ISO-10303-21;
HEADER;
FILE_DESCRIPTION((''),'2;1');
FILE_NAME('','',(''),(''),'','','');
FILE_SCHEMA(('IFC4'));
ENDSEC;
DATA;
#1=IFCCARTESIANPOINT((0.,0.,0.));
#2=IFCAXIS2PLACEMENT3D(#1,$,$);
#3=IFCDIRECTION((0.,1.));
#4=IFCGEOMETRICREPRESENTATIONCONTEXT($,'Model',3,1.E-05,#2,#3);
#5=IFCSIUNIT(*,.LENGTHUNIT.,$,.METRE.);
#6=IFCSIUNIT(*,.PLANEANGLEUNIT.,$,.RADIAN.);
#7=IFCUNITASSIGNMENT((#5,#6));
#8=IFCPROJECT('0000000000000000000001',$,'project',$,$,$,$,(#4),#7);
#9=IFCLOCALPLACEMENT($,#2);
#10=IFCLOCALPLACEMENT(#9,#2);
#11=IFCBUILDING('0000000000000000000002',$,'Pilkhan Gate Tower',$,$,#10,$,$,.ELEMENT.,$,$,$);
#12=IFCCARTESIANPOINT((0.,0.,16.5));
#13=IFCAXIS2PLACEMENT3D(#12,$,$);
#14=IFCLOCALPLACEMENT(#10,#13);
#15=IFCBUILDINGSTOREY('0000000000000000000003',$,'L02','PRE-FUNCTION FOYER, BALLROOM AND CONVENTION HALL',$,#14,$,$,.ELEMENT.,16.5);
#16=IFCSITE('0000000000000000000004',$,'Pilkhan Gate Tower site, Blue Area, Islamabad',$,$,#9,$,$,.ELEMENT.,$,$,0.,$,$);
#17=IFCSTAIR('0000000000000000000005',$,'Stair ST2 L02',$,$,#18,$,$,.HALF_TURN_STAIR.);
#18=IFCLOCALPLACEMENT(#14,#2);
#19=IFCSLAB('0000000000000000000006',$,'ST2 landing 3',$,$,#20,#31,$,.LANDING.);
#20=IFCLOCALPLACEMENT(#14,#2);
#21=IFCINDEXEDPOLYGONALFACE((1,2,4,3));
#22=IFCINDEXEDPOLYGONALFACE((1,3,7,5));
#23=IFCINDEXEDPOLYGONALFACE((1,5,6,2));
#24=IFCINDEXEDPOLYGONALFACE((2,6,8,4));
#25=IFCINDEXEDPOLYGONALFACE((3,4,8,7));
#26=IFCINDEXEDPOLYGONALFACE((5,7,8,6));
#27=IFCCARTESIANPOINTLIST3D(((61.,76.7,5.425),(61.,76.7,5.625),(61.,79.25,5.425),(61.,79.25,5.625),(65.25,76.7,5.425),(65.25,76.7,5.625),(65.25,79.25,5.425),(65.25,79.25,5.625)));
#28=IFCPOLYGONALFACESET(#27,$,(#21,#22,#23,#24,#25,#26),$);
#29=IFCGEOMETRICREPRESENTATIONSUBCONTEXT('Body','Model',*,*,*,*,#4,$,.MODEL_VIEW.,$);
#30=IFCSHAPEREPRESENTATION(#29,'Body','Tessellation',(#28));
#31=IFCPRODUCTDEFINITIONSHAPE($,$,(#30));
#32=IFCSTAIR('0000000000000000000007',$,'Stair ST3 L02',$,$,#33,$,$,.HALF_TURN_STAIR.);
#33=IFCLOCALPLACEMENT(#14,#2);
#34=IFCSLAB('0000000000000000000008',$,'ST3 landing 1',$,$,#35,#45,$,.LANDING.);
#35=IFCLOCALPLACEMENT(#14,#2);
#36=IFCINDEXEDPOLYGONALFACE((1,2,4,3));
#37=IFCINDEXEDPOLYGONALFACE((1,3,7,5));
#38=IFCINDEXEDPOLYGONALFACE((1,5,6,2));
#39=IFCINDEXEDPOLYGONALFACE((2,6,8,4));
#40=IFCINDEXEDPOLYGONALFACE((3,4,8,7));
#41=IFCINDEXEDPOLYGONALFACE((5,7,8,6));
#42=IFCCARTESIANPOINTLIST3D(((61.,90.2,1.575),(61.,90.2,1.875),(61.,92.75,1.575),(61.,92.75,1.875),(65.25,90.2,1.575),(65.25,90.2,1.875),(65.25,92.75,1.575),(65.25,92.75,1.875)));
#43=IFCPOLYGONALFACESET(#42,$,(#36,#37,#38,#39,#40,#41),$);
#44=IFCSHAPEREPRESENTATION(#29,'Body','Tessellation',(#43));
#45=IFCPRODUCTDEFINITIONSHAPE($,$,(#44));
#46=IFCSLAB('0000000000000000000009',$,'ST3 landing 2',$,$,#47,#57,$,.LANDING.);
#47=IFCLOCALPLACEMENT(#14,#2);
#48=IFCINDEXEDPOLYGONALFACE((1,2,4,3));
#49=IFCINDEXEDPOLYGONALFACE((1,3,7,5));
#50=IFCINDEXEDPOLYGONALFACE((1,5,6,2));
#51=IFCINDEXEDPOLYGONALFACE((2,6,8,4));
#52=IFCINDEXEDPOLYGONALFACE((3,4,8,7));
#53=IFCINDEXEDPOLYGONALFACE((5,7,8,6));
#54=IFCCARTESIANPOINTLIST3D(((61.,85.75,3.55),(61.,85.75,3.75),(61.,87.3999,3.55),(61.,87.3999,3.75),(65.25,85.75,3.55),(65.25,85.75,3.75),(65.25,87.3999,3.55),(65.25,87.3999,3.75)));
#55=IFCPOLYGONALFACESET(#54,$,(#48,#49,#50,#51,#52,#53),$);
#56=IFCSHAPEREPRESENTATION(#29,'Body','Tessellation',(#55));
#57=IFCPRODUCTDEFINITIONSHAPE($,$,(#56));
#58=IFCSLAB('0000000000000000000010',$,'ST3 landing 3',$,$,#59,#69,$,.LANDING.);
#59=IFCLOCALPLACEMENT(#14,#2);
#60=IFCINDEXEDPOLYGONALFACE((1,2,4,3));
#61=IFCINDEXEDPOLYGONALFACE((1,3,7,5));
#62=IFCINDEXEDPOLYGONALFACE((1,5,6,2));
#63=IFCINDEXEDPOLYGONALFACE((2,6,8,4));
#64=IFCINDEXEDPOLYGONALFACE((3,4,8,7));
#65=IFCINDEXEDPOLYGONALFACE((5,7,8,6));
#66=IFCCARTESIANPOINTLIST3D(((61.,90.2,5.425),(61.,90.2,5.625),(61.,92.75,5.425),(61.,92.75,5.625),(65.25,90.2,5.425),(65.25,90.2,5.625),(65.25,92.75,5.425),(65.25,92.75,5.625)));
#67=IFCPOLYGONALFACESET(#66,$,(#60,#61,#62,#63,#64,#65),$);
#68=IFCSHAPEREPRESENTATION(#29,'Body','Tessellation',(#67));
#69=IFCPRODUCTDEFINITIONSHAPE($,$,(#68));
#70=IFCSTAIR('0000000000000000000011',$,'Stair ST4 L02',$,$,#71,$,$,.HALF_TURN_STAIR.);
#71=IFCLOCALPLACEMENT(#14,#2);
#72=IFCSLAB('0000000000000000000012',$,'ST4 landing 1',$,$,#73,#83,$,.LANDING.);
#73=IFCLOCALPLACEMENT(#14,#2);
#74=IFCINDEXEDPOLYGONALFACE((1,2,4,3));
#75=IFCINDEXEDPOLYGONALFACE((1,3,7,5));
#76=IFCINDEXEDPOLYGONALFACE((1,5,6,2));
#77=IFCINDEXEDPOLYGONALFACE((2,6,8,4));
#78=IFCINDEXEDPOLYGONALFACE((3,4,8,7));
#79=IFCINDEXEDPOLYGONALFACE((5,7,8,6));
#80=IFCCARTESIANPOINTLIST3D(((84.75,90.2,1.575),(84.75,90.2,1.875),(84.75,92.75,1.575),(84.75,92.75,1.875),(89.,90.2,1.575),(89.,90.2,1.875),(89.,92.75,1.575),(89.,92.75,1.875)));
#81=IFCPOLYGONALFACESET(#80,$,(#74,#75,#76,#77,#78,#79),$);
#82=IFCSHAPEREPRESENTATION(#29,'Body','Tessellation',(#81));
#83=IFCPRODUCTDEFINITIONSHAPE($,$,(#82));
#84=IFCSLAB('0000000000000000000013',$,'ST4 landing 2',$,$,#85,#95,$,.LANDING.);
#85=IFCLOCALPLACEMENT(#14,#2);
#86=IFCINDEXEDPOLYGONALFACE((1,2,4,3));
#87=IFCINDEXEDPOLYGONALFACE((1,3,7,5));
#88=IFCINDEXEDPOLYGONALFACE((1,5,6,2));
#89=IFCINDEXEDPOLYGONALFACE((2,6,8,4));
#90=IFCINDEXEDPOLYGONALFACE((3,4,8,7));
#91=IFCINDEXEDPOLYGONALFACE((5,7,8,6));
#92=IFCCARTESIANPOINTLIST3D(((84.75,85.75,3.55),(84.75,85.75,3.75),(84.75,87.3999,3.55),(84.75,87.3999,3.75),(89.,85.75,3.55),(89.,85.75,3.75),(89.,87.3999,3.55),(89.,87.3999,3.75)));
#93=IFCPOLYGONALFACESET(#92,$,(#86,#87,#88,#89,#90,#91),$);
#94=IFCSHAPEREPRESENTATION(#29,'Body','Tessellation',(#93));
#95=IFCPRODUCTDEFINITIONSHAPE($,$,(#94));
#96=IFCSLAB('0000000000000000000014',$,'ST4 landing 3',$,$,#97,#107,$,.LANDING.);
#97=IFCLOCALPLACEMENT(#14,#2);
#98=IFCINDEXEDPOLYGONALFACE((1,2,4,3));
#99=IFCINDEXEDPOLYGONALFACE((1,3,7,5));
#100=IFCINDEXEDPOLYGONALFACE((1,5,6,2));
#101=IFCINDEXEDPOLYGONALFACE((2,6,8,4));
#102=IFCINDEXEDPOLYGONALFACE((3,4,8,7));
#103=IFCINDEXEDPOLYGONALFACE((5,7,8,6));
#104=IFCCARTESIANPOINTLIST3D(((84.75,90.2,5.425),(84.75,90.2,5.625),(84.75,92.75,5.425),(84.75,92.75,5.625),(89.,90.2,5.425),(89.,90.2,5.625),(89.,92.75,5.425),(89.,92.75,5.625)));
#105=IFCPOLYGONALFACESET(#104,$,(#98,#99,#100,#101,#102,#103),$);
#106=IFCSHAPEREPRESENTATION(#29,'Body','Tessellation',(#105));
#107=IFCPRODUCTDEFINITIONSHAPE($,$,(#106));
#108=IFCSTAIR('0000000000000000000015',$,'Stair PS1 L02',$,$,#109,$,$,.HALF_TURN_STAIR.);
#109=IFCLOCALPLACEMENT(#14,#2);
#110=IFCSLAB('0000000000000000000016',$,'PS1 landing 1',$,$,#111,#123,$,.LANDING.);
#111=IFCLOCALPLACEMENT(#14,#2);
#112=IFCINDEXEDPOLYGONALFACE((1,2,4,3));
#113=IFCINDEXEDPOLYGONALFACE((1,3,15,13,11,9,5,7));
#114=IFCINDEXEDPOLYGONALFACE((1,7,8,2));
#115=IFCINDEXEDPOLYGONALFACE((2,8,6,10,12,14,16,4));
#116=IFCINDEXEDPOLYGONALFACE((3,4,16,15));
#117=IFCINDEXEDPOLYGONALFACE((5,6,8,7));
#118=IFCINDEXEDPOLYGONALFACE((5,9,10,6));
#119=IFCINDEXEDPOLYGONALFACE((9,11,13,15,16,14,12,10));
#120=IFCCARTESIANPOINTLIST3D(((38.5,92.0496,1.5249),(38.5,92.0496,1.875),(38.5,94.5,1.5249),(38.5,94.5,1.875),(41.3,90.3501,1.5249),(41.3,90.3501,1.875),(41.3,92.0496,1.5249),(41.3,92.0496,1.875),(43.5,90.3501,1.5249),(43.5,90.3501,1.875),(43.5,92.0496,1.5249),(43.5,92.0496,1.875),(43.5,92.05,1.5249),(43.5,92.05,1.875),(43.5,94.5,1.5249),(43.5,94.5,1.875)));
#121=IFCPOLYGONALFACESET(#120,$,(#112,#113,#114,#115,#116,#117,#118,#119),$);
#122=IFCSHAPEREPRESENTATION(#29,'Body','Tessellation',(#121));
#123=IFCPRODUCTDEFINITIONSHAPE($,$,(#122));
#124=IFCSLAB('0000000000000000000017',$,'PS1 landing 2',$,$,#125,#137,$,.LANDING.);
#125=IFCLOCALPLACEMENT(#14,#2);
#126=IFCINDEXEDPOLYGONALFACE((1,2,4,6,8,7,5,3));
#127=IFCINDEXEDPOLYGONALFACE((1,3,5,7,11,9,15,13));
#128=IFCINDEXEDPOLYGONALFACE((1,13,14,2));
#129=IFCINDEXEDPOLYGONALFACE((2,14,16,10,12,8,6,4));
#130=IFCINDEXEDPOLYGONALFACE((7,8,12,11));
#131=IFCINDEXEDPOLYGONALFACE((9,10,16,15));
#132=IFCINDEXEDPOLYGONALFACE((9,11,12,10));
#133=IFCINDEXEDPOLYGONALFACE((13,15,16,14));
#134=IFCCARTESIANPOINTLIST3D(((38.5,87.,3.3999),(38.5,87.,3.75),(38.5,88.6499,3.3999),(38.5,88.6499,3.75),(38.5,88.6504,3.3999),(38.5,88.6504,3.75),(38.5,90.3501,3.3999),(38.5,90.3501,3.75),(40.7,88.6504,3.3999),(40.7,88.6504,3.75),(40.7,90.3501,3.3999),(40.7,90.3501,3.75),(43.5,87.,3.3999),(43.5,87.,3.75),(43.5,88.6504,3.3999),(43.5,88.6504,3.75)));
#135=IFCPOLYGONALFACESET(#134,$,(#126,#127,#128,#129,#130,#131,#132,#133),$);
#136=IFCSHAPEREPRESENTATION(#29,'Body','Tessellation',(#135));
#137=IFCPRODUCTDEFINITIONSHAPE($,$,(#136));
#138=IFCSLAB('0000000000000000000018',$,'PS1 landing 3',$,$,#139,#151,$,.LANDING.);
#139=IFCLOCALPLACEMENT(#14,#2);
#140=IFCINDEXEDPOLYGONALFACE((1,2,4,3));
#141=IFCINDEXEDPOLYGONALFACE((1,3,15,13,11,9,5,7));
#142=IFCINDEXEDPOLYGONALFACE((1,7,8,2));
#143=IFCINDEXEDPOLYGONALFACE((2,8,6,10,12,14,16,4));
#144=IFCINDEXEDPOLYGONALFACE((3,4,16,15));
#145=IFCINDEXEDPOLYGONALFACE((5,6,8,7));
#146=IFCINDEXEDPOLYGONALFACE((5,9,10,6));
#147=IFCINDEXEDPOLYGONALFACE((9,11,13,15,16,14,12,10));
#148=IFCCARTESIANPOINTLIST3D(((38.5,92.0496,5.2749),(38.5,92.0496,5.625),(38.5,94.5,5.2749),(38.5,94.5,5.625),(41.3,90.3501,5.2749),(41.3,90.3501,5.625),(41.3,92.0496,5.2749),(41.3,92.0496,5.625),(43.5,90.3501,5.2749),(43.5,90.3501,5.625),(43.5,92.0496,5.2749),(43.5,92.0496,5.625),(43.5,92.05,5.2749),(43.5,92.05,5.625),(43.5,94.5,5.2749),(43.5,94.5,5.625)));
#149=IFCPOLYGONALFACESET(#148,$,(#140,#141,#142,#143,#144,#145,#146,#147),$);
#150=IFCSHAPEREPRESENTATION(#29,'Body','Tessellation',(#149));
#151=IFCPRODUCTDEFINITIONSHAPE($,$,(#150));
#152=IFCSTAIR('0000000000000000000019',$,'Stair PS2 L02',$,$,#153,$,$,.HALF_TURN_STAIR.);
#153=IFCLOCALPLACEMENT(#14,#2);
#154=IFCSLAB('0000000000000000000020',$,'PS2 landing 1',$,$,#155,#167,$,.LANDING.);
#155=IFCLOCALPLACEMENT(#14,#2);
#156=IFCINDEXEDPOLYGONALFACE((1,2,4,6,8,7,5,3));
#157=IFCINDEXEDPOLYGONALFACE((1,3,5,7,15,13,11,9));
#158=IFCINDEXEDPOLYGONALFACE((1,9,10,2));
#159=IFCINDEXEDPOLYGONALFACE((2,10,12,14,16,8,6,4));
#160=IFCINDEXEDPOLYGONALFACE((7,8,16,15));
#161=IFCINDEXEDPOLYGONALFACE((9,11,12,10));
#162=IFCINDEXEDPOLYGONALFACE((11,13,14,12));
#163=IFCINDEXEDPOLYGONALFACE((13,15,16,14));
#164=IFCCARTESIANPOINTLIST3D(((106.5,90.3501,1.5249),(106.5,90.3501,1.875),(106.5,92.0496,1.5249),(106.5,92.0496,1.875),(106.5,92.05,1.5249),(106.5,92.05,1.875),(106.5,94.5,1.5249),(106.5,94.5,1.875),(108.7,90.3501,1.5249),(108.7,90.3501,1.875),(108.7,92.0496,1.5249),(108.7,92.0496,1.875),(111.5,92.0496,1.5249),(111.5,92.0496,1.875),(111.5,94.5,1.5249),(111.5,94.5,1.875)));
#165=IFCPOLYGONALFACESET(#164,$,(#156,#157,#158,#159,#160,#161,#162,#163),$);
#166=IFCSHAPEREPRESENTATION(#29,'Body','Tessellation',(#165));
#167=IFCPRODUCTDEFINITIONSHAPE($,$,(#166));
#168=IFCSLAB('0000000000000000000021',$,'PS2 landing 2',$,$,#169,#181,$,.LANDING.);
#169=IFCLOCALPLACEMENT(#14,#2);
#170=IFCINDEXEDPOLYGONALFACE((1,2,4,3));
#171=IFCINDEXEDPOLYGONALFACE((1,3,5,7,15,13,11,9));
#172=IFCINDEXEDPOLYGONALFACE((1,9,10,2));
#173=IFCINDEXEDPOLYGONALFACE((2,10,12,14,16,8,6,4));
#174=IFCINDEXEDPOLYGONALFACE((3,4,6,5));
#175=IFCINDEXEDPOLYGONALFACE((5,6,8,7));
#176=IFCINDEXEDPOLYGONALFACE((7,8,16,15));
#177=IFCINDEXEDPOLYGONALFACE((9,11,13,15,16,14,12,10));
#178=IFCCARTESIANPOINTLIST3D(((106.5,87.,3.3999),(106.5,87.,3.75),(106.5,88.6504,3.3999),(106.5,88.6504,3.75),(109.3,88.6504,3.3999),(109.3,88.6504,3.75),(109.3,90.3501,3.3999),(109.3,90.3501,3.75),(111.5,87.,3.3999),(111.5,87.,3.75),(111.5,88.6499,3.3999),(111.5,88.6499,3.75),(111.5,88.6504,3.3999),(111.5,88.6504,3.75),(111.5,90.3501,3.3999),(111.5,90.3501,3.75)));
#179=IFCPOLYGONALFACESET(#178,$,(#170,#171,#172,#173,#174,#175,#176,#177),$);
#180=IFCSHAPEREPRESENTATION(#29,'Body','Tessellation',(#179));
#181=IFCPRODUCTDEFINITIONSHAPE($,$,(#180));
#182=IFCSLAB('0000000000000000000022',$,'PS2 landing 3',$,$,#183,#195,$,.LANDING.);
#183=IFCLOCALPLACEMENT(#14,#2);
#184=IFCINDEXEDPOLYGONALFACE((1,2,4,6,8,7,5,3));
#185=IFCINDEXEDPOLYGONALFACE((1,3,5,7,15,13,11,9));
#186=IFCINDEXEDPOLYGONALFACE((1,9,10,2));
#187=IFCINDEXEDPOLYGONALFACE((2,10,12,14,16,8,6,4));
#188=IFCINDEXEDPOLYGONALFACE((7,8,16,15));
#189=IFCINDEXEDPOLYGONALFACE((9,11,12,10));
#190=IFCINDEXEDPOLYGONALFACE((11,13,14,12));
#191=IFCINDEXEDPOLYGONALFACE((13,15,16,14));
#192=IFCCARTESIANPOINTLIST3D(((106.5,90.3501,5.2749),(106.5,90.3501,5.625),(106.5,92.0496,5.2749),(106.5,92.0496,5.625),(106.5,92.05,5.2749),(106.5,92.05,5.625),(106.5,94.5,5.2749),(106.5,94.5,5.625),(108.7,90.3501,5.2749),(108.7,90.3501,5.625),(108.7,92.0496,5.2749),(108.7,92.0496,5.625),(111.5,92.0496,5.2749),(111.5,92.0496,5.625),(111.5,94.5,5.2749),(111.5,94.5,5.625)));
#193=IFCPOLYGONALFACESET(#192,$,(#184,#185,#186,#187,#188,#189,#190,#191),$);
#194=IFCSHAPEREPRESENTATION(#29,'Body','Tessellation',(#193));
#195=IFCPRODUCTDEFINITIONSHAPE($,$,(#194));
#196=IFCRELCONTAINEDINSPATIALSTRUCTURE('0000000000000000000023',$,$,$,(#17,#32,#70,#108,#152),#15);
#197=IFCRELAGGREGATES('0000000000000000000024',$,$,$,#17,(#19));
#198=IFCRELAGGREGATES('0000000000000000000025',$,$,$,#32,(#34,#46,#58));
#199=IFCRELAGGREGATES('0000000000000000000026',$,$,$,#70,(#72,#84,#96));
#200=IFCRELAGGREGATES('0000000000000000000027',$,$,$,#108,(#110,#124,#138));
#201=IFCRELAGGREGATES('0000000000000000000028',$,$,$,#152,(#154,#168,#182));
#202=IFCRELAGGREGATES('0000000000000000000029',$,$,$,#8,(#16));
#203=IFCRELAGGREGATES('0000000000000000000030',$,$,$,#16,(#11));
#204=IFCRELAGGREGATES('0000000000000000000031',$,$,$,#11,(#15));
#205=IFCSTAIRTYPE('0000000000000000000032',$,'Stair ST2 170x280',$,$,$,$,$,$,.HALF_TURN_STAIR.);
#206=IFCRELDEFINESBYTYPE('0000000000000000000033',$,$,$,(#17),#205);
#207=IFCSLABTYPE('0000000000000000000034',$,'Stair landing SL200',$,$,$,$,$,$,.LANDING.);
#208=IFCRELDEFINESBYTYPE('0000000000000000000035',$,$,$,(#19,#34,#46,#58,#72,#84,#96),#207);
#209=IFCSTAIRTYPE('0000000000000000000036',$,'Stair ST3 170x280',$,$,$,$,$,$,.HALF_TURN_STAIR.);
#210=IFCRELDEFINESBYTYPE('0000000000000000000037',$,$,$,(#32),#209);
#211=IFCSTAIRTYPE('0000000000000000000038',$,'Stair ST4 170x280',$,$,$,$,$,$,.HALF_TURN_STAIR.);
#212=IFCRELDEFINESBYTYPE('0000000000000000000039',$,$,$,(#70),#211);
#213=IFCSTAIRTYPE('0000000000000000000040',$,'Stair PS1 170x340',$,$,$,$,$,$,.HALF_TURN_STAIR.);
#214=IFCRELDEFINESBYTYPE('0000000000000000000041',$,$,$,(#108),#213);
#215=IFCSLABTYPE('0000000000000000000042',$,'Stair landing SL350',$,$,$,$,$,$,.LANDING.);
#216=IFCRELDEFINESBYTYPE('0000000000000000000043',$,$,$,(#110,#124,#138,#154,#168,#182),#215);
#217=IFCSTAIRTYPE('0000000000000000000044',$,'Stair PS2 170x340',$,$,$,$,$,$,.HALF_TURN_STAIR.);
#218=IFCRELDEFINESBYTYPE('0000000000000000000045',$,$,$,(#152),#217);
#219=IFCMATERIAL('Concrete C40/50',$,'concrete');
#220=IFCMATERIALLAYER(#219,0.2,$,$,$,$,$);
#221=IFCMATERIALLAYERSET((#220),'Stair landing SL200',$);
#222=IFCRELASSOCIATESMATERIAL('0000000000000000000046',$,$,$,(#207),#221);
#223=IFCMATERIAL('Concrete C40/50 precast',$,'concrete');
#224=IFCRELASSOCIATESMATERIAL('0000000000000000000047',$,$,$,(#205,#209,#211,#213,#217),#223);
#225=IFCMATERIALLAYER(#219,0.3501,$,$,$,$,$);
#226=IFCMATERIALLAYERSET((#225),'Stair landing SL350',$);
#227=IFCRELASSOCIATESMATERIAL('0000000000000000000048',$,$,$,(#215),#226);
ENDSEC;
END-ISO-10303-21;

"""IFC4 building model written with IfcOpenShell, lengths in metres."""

from ifc_helpers import new_model, si_unit, direction, frame, origin, place, context, subcontext, project, spatial, polyline, outline, extrude, material, layer, layer_set, type_object, element, aggregate, save


model = new_model("IFC4")

# Units and contexts
model_context = context("Model", 3, precision=1e-05, world=origin(), true_north=direction((0.0, 1.0)))
body_context = subcontext(model_context, "Body", "Model", "MODEL_VIEW")
ifc_project = project(units=[si_unit("LENGTHUNIT", "METRE"), si_unit("PLANEANGLEUNIT", "RADIAN")], contexts=[model_context])

# Site, building, storey
site_placement = place(None, origin())
site = spatial("IfcSite", under=ifc_project, at=site_placement, Name="Pilkhan Gate Tower site, Blue Area, Islamabad", CompositionType="ELEMENT", RefElevation=0.0)
building_placement = place(site_placement, origin())
building = spatial("IfcBuilding", under=site, at=building_placement, Name="Pilkhan Gate Tower", CompositionType="ELEMENT")
storey_placement = place(building_placement, frame((0.0, 0.0, 16.5)))
storey = spatial("IfcBuildingStorey", under=building, at=storey_placement, Name="L02", Description="PRE-FUNCTION FOYER, BALLROOM AND CONVENTION HALL", CompositionType="ELEMENT", Elevation=16.5)

# Shared definitions
ifc_material_1 = material(Name="Concrete C40/50", Category="concrete")

# Stairs, slabs
ifc_material_2 = material(Name="Concrete C40/50 precast", Category="concrete")
ifc_layer_1 = layer(ifc_material_1, 0.2)
ifc_layer_set_1 = layer_set([ifc_layer_1], Name="Stair landing SL200")
slab_type_1 = type_object("IfcSlabType", Name="Stair landing SL200", PredefinedType="LANDING", material=ifc_layer_set_1)
stair_type_1 = type_object("IfcStairType", Name="Stair ST2 170x280", PredefinedType="HALF_TURN_STAIR", material=ifc_material_2)
stair_1_placement = place(storey_placement, origin())
stair_1 = element("IfcStair", 1, at=stair_1_placement, inside=storey, type_object=stair_type_1, Name="Stair ST2 L02", PredefinedType="HALF_TURN_STAIR")
slab_1_placement = place(storey_placement, frame((0.0, 0.0, 5.425)))
slab_1 = element("IfcSlab", 2, at=slab_1_placement, type_object=slab_type_1, Name="ST2 landing 3", PredefinedType="LANDING", context=body_context, shape_type="SweptSolid", body=[
    extrude(outline(polyline([(65.25, 76.7), (65.25, 79.25), (61.0, 79.25), (61.0, 76.7), (65.25, 76.7)])), origin(), (0.0, 0.0, 1.0), 0.2),
])
aggregate(stair_1, [slab_1])
stair_type_2 = type_object("IfcStairType", Name="Stair ST3 170x280", PredefinedType="HALF_TURN_STAIR", material=ifc_material_2)
stair_2_placement = place(storey_placement, origin())
stair_2 = element("IfcStair", 3, at=stair_2_placement, inside=storey, type_object=stair_type_2, Name="Stair ST3 L02", PredefinedType="HALF_TURN_STAIR")
slab_2_placement = place(storey_placement, frame((0.0, 0.0, 1.575)))
slab_2 = element("IfcSlab", 4, at=slab_2_placement, type_object=slab_type_1, Name="ST3 landing 1", PredefinedType="LANDING", context=body_context, shape_type="SweptSolid", body=[
    extrude(outline(polyline([(65.25, 90.2), (65.25, 92.75), (61.0, 92.75), (61.0, 90.2), (65.25, 90.2)])), origin(), (0.0, 0.0, 1.0), 0.3),
])
slab_3_placement = place(storey_placement, frame((0.0, 0.0, 3.55)))
slab_3 = element("IfcSlab", 5, at=slab_3_placement, type_object=slab_type_1, Name="ST3 landing 2", PredefinedType="LANDING", context=body_context, shape_type="SweptSolid", body=[
    extrude(outline(polyline([(65.25, 85.75), (65.25, 87.3999), (61.0, 87.3999), (61.0, 85.75), (65.25, 85.75)])), origin(), (0.0, 0.0, 1.0), 0.2),
])
slab_4_placement = place(storey_placement, frame((0.0, 0.0, 5.425)))
slab_4 = element("IfcSlab", 6, at=slab_4_placement, type_object=slab_type_1, Name="ST3 landing 3", PredefinedType="LANDING", context=body_context, shape_type="SweptSolid", body=[
    extrude(outline(polyline([(65.25, 90.2), (65.25, 92.75), (61.0, 92.75), (61.0, 90.2), (65.25, 90.2)])), origin(), (0.0, 0.0, 1.0), 0.2),
])
aggregate(stair_2, [slab_2, slab_3, slab_4])
stair_type_3 = type_object("IfcStairType", Name="Stair ST4 170x280", PredefinedType="HALF_TURN_STAIR", material=ifc_material_2)
stair_3_placement = place(storey_placement, origin())
stair_3 = element("IfcStair", 7, at=stair_3_placement, inside=storey, type_object=stair_type_3, Name="Stair ST4 L02", PredefinedType="HALF_TURN_STAIR")
slab_5_placement = place(storey_placement, frame((0.0, 0.0, 1.575)))
slab_5 = element("IfcSlab", 8, at=slab_5_placement, type_object=slab_type_1, Name="ST4 landing 1", PredefinedType="LANDING", context=body_context, shape_type="SweptSolid", body=[
    extrude(outline(polyline([(89.0, 90.2), (89.0, 92.75), (84.75, 92.75), (84.75, 90.2), (89.0, 90.2)])), origin(), (0.0, 0.0, 1.0), 0.3),
])
slab_6_placement = place(storey_placement, frame((0.0, 0.0, 3.55)))
slab_6 = element("IfcSlab", 9, at=slab_6_placement, type_object=slab_type_1, Name="ST4 landing 2", PredefinedType="LANDING", context=body_context, shape_type="SweptSolid", body=[
    extrude(outline(polyline([(89.0, 85.75), (89.0, 87.3999), (84.75, 87.3999), (84.75, 85.75), (89.0, 85.75)])), origin(), (0.0, 0.0, 1.0), 0.2),
])
slab_7_placement = place(storey_placement, frame((0.0, 0.0, 5.425)))
slab_7 = element("IfcSlab", 10, at=slab_7_placement, type_object=slab_type_1, Name="ST4 landing 3", PredefinedType="LANDING", context=body_context, shape_type="SweptSolid", body=[
    extrude(outline(polyline([(89.0, 90.2), (89.0, 92.75), (84.75, 92.75), (84.75, 90.2), (89.0, 90.2)])), origin(), (0.0, 0.0, 1.0), 0.2),
])
aggregate(stair_3, [slab_5, slab_6, slab_7])
stair_type_4 = type_object("IfcStairType", Name="Stair PS1 170x340", PredefinedType="HALF_TURN_STAIR", material=ifc_material_2)
stair_4_placement = place(storey_placement, origin())
stair_4 = element("IfcStair", 11, at=stair_4_placement, inside=storey, type_object=stair_type_4, Name="Stair PS1 L02", PredefinedType="HALF_TURN_STAIR")
ifc_layer_2 = layer(ifc_material_1, 0.3501)
ifc_layer_set_2 = layer_set([ifc_layer_2], Name="Stair landing SL350")
slab_type_2 = type_object("IfcSlabType", Name="Stair landing SL350", PredefinedType="LANDING", material=ifc_layer_set_2)
slab_8_placement = place(storey_placement, frame((0.0, 0.0, 1.5249)))
slab_8 = element("IfcSlab", 12, at=slab_8_placement, type_object=slab_type_2, Name="PS1 landing 1", PredefinedType="LANDING", context=body_context, shape_type="SweptSolid", body=[
    extrude(outline(polyline([(43.5, 90.3501), (41.3, 90.3501), (41.3, 92.0496), (38.5, 92.0496), (38.5, 94.5), (43.5, 94.5), (43.5, 92.05), (43.5, 92.0496), (43.5, 90.3501)])), origin(), (0.0, 0.0, 1.0), 0.3501),
])
slab_9_placement = place(storey_placement, frame((0.0, 0.0, 3.3999)))
slab_9 = element("IfcSlab", 13, at=slab_9_placement, type_object=slab_type_2, Name="PS1 landing 2", PredefinedType="LANDING", context=body_context, shape_type="SweptSolid", body=[
    extrude(outline(polyline([(43.5, 88.6504), (43.5, 87.0), (38.5, 87.0), (38.5, 88.6499), (38.5, 88.6504), (38.5, 90.3501), (40.7, 90.3501), (40.7, 88.6504), (43.5, 88.6504)])), origin(), (0.0, 0.0, 1.0), 0.3501),
])
slab_10_placement = place(storey_placement, frame((0.0, 0.0, 5.2749)))
slab_10 = element("IfcSlab", 14, at=slab_10_placement, type_object=slab_type_2, Name="PS1 landing 3", PredefinedType="LANDING", context=body_context, shape_type="SweptSolid", body=[
    extrude(outline(polyline([(43.5, 90.3501), (41.3, 90.3501), (41.3, 92.0496), (38.5, 92.0496), (38.5, 94.5), (43.5, 94.5), (43.5, 92.05), (43.5, 92.0496), (43.5, 90.3501)])), origin(), (0.0, 0.0, 1.0), 0.3501),
])
aggregate(stair_4, [slab_8, slab_9, slab_10])
stair_type_5 = type_object("IfcStairType", Name="Stair PS2 170x340", PredefinedType="HALF_TURN_STAIR", material=ifc_material_2)
stair_5_placement = place(storey_placement, origin())
stair_5 = element("IfcStair", 15, at=stair_5_placement, inside=storey, type_object=stair_type_5, Name="Stair PS2 L02", PredefinedType="HALF_TURN_STAIR")
slab_11_placement = place(storey_placement, frame((0.0, 0.0, 1.5249)))
slab_11 = element("IfcSlab", 16, at=slab_11_placement, type_object=slab_type_2, Name="PS2 landing 1", PredefinedType="LANDING", context=body_context, shape_type="SweptSolid", body=[
    extrude(outline(polyline([(106.5, 90.3501), (108.7, 90.3501), (108.7, 92.0496), (111.5, 92.0496), (111.5, 94.5), (106.5, 94.5), (106.5, 92.05), (106.5, 92.0496), (106.5, 90.3501)])), origin(), (0.0, 0.0, 1.0), 0.3501),
])
slab_12_placement = place(storey_placement, frame((0.0, 0.0, 3.3999)))
slab_12 = element("IfcSlab", 17, at=slab_12_placement, type_object=slab_type_2, Name="PS2 landing 2", PredefinedType="LANDING", context=body_context, shape_type="SweptSolid", body=[
    extrude(outline(polyline([(106.5, 88.6504), (106.5, 87.0), (111.5, 87.0), (111.5, 88.6499), (111.5, 88.6504), (111.5, 90.3501), (109.3, 90.3501), (109.3, 88.6504), (106.5, 88.6504)])), origin(), (0.0, 0.0, 1.0), 0.3501),
])
slab_13_placement = place(storey_placement, frame((0.0, 0.0, 5.2749)))
slab_13 = element("IfcSlab", 18, at=slab_13_placement, type_object=slab_type_2, Name="PS2 landing 3", PredefinedType="LANDING", context=body_context, shape_type="SweptSolid", body=[
    extrude(outline(polyline([(106.5, 90.3501), (108.7, 90.3501), (108.7, 92.0496), (111.5, 92.0496), (111.5, 94.5), (106.5, 94.5), (106.5, 92.05), (106.5, 92.0496), (106.5, 90.3501)])), origin(), (0.0, 0.0, 1.0), 0.3501),
])
aggregate(stair_5, [slab_11, slab_12, slab_13])

save(model, "model.ifc")
